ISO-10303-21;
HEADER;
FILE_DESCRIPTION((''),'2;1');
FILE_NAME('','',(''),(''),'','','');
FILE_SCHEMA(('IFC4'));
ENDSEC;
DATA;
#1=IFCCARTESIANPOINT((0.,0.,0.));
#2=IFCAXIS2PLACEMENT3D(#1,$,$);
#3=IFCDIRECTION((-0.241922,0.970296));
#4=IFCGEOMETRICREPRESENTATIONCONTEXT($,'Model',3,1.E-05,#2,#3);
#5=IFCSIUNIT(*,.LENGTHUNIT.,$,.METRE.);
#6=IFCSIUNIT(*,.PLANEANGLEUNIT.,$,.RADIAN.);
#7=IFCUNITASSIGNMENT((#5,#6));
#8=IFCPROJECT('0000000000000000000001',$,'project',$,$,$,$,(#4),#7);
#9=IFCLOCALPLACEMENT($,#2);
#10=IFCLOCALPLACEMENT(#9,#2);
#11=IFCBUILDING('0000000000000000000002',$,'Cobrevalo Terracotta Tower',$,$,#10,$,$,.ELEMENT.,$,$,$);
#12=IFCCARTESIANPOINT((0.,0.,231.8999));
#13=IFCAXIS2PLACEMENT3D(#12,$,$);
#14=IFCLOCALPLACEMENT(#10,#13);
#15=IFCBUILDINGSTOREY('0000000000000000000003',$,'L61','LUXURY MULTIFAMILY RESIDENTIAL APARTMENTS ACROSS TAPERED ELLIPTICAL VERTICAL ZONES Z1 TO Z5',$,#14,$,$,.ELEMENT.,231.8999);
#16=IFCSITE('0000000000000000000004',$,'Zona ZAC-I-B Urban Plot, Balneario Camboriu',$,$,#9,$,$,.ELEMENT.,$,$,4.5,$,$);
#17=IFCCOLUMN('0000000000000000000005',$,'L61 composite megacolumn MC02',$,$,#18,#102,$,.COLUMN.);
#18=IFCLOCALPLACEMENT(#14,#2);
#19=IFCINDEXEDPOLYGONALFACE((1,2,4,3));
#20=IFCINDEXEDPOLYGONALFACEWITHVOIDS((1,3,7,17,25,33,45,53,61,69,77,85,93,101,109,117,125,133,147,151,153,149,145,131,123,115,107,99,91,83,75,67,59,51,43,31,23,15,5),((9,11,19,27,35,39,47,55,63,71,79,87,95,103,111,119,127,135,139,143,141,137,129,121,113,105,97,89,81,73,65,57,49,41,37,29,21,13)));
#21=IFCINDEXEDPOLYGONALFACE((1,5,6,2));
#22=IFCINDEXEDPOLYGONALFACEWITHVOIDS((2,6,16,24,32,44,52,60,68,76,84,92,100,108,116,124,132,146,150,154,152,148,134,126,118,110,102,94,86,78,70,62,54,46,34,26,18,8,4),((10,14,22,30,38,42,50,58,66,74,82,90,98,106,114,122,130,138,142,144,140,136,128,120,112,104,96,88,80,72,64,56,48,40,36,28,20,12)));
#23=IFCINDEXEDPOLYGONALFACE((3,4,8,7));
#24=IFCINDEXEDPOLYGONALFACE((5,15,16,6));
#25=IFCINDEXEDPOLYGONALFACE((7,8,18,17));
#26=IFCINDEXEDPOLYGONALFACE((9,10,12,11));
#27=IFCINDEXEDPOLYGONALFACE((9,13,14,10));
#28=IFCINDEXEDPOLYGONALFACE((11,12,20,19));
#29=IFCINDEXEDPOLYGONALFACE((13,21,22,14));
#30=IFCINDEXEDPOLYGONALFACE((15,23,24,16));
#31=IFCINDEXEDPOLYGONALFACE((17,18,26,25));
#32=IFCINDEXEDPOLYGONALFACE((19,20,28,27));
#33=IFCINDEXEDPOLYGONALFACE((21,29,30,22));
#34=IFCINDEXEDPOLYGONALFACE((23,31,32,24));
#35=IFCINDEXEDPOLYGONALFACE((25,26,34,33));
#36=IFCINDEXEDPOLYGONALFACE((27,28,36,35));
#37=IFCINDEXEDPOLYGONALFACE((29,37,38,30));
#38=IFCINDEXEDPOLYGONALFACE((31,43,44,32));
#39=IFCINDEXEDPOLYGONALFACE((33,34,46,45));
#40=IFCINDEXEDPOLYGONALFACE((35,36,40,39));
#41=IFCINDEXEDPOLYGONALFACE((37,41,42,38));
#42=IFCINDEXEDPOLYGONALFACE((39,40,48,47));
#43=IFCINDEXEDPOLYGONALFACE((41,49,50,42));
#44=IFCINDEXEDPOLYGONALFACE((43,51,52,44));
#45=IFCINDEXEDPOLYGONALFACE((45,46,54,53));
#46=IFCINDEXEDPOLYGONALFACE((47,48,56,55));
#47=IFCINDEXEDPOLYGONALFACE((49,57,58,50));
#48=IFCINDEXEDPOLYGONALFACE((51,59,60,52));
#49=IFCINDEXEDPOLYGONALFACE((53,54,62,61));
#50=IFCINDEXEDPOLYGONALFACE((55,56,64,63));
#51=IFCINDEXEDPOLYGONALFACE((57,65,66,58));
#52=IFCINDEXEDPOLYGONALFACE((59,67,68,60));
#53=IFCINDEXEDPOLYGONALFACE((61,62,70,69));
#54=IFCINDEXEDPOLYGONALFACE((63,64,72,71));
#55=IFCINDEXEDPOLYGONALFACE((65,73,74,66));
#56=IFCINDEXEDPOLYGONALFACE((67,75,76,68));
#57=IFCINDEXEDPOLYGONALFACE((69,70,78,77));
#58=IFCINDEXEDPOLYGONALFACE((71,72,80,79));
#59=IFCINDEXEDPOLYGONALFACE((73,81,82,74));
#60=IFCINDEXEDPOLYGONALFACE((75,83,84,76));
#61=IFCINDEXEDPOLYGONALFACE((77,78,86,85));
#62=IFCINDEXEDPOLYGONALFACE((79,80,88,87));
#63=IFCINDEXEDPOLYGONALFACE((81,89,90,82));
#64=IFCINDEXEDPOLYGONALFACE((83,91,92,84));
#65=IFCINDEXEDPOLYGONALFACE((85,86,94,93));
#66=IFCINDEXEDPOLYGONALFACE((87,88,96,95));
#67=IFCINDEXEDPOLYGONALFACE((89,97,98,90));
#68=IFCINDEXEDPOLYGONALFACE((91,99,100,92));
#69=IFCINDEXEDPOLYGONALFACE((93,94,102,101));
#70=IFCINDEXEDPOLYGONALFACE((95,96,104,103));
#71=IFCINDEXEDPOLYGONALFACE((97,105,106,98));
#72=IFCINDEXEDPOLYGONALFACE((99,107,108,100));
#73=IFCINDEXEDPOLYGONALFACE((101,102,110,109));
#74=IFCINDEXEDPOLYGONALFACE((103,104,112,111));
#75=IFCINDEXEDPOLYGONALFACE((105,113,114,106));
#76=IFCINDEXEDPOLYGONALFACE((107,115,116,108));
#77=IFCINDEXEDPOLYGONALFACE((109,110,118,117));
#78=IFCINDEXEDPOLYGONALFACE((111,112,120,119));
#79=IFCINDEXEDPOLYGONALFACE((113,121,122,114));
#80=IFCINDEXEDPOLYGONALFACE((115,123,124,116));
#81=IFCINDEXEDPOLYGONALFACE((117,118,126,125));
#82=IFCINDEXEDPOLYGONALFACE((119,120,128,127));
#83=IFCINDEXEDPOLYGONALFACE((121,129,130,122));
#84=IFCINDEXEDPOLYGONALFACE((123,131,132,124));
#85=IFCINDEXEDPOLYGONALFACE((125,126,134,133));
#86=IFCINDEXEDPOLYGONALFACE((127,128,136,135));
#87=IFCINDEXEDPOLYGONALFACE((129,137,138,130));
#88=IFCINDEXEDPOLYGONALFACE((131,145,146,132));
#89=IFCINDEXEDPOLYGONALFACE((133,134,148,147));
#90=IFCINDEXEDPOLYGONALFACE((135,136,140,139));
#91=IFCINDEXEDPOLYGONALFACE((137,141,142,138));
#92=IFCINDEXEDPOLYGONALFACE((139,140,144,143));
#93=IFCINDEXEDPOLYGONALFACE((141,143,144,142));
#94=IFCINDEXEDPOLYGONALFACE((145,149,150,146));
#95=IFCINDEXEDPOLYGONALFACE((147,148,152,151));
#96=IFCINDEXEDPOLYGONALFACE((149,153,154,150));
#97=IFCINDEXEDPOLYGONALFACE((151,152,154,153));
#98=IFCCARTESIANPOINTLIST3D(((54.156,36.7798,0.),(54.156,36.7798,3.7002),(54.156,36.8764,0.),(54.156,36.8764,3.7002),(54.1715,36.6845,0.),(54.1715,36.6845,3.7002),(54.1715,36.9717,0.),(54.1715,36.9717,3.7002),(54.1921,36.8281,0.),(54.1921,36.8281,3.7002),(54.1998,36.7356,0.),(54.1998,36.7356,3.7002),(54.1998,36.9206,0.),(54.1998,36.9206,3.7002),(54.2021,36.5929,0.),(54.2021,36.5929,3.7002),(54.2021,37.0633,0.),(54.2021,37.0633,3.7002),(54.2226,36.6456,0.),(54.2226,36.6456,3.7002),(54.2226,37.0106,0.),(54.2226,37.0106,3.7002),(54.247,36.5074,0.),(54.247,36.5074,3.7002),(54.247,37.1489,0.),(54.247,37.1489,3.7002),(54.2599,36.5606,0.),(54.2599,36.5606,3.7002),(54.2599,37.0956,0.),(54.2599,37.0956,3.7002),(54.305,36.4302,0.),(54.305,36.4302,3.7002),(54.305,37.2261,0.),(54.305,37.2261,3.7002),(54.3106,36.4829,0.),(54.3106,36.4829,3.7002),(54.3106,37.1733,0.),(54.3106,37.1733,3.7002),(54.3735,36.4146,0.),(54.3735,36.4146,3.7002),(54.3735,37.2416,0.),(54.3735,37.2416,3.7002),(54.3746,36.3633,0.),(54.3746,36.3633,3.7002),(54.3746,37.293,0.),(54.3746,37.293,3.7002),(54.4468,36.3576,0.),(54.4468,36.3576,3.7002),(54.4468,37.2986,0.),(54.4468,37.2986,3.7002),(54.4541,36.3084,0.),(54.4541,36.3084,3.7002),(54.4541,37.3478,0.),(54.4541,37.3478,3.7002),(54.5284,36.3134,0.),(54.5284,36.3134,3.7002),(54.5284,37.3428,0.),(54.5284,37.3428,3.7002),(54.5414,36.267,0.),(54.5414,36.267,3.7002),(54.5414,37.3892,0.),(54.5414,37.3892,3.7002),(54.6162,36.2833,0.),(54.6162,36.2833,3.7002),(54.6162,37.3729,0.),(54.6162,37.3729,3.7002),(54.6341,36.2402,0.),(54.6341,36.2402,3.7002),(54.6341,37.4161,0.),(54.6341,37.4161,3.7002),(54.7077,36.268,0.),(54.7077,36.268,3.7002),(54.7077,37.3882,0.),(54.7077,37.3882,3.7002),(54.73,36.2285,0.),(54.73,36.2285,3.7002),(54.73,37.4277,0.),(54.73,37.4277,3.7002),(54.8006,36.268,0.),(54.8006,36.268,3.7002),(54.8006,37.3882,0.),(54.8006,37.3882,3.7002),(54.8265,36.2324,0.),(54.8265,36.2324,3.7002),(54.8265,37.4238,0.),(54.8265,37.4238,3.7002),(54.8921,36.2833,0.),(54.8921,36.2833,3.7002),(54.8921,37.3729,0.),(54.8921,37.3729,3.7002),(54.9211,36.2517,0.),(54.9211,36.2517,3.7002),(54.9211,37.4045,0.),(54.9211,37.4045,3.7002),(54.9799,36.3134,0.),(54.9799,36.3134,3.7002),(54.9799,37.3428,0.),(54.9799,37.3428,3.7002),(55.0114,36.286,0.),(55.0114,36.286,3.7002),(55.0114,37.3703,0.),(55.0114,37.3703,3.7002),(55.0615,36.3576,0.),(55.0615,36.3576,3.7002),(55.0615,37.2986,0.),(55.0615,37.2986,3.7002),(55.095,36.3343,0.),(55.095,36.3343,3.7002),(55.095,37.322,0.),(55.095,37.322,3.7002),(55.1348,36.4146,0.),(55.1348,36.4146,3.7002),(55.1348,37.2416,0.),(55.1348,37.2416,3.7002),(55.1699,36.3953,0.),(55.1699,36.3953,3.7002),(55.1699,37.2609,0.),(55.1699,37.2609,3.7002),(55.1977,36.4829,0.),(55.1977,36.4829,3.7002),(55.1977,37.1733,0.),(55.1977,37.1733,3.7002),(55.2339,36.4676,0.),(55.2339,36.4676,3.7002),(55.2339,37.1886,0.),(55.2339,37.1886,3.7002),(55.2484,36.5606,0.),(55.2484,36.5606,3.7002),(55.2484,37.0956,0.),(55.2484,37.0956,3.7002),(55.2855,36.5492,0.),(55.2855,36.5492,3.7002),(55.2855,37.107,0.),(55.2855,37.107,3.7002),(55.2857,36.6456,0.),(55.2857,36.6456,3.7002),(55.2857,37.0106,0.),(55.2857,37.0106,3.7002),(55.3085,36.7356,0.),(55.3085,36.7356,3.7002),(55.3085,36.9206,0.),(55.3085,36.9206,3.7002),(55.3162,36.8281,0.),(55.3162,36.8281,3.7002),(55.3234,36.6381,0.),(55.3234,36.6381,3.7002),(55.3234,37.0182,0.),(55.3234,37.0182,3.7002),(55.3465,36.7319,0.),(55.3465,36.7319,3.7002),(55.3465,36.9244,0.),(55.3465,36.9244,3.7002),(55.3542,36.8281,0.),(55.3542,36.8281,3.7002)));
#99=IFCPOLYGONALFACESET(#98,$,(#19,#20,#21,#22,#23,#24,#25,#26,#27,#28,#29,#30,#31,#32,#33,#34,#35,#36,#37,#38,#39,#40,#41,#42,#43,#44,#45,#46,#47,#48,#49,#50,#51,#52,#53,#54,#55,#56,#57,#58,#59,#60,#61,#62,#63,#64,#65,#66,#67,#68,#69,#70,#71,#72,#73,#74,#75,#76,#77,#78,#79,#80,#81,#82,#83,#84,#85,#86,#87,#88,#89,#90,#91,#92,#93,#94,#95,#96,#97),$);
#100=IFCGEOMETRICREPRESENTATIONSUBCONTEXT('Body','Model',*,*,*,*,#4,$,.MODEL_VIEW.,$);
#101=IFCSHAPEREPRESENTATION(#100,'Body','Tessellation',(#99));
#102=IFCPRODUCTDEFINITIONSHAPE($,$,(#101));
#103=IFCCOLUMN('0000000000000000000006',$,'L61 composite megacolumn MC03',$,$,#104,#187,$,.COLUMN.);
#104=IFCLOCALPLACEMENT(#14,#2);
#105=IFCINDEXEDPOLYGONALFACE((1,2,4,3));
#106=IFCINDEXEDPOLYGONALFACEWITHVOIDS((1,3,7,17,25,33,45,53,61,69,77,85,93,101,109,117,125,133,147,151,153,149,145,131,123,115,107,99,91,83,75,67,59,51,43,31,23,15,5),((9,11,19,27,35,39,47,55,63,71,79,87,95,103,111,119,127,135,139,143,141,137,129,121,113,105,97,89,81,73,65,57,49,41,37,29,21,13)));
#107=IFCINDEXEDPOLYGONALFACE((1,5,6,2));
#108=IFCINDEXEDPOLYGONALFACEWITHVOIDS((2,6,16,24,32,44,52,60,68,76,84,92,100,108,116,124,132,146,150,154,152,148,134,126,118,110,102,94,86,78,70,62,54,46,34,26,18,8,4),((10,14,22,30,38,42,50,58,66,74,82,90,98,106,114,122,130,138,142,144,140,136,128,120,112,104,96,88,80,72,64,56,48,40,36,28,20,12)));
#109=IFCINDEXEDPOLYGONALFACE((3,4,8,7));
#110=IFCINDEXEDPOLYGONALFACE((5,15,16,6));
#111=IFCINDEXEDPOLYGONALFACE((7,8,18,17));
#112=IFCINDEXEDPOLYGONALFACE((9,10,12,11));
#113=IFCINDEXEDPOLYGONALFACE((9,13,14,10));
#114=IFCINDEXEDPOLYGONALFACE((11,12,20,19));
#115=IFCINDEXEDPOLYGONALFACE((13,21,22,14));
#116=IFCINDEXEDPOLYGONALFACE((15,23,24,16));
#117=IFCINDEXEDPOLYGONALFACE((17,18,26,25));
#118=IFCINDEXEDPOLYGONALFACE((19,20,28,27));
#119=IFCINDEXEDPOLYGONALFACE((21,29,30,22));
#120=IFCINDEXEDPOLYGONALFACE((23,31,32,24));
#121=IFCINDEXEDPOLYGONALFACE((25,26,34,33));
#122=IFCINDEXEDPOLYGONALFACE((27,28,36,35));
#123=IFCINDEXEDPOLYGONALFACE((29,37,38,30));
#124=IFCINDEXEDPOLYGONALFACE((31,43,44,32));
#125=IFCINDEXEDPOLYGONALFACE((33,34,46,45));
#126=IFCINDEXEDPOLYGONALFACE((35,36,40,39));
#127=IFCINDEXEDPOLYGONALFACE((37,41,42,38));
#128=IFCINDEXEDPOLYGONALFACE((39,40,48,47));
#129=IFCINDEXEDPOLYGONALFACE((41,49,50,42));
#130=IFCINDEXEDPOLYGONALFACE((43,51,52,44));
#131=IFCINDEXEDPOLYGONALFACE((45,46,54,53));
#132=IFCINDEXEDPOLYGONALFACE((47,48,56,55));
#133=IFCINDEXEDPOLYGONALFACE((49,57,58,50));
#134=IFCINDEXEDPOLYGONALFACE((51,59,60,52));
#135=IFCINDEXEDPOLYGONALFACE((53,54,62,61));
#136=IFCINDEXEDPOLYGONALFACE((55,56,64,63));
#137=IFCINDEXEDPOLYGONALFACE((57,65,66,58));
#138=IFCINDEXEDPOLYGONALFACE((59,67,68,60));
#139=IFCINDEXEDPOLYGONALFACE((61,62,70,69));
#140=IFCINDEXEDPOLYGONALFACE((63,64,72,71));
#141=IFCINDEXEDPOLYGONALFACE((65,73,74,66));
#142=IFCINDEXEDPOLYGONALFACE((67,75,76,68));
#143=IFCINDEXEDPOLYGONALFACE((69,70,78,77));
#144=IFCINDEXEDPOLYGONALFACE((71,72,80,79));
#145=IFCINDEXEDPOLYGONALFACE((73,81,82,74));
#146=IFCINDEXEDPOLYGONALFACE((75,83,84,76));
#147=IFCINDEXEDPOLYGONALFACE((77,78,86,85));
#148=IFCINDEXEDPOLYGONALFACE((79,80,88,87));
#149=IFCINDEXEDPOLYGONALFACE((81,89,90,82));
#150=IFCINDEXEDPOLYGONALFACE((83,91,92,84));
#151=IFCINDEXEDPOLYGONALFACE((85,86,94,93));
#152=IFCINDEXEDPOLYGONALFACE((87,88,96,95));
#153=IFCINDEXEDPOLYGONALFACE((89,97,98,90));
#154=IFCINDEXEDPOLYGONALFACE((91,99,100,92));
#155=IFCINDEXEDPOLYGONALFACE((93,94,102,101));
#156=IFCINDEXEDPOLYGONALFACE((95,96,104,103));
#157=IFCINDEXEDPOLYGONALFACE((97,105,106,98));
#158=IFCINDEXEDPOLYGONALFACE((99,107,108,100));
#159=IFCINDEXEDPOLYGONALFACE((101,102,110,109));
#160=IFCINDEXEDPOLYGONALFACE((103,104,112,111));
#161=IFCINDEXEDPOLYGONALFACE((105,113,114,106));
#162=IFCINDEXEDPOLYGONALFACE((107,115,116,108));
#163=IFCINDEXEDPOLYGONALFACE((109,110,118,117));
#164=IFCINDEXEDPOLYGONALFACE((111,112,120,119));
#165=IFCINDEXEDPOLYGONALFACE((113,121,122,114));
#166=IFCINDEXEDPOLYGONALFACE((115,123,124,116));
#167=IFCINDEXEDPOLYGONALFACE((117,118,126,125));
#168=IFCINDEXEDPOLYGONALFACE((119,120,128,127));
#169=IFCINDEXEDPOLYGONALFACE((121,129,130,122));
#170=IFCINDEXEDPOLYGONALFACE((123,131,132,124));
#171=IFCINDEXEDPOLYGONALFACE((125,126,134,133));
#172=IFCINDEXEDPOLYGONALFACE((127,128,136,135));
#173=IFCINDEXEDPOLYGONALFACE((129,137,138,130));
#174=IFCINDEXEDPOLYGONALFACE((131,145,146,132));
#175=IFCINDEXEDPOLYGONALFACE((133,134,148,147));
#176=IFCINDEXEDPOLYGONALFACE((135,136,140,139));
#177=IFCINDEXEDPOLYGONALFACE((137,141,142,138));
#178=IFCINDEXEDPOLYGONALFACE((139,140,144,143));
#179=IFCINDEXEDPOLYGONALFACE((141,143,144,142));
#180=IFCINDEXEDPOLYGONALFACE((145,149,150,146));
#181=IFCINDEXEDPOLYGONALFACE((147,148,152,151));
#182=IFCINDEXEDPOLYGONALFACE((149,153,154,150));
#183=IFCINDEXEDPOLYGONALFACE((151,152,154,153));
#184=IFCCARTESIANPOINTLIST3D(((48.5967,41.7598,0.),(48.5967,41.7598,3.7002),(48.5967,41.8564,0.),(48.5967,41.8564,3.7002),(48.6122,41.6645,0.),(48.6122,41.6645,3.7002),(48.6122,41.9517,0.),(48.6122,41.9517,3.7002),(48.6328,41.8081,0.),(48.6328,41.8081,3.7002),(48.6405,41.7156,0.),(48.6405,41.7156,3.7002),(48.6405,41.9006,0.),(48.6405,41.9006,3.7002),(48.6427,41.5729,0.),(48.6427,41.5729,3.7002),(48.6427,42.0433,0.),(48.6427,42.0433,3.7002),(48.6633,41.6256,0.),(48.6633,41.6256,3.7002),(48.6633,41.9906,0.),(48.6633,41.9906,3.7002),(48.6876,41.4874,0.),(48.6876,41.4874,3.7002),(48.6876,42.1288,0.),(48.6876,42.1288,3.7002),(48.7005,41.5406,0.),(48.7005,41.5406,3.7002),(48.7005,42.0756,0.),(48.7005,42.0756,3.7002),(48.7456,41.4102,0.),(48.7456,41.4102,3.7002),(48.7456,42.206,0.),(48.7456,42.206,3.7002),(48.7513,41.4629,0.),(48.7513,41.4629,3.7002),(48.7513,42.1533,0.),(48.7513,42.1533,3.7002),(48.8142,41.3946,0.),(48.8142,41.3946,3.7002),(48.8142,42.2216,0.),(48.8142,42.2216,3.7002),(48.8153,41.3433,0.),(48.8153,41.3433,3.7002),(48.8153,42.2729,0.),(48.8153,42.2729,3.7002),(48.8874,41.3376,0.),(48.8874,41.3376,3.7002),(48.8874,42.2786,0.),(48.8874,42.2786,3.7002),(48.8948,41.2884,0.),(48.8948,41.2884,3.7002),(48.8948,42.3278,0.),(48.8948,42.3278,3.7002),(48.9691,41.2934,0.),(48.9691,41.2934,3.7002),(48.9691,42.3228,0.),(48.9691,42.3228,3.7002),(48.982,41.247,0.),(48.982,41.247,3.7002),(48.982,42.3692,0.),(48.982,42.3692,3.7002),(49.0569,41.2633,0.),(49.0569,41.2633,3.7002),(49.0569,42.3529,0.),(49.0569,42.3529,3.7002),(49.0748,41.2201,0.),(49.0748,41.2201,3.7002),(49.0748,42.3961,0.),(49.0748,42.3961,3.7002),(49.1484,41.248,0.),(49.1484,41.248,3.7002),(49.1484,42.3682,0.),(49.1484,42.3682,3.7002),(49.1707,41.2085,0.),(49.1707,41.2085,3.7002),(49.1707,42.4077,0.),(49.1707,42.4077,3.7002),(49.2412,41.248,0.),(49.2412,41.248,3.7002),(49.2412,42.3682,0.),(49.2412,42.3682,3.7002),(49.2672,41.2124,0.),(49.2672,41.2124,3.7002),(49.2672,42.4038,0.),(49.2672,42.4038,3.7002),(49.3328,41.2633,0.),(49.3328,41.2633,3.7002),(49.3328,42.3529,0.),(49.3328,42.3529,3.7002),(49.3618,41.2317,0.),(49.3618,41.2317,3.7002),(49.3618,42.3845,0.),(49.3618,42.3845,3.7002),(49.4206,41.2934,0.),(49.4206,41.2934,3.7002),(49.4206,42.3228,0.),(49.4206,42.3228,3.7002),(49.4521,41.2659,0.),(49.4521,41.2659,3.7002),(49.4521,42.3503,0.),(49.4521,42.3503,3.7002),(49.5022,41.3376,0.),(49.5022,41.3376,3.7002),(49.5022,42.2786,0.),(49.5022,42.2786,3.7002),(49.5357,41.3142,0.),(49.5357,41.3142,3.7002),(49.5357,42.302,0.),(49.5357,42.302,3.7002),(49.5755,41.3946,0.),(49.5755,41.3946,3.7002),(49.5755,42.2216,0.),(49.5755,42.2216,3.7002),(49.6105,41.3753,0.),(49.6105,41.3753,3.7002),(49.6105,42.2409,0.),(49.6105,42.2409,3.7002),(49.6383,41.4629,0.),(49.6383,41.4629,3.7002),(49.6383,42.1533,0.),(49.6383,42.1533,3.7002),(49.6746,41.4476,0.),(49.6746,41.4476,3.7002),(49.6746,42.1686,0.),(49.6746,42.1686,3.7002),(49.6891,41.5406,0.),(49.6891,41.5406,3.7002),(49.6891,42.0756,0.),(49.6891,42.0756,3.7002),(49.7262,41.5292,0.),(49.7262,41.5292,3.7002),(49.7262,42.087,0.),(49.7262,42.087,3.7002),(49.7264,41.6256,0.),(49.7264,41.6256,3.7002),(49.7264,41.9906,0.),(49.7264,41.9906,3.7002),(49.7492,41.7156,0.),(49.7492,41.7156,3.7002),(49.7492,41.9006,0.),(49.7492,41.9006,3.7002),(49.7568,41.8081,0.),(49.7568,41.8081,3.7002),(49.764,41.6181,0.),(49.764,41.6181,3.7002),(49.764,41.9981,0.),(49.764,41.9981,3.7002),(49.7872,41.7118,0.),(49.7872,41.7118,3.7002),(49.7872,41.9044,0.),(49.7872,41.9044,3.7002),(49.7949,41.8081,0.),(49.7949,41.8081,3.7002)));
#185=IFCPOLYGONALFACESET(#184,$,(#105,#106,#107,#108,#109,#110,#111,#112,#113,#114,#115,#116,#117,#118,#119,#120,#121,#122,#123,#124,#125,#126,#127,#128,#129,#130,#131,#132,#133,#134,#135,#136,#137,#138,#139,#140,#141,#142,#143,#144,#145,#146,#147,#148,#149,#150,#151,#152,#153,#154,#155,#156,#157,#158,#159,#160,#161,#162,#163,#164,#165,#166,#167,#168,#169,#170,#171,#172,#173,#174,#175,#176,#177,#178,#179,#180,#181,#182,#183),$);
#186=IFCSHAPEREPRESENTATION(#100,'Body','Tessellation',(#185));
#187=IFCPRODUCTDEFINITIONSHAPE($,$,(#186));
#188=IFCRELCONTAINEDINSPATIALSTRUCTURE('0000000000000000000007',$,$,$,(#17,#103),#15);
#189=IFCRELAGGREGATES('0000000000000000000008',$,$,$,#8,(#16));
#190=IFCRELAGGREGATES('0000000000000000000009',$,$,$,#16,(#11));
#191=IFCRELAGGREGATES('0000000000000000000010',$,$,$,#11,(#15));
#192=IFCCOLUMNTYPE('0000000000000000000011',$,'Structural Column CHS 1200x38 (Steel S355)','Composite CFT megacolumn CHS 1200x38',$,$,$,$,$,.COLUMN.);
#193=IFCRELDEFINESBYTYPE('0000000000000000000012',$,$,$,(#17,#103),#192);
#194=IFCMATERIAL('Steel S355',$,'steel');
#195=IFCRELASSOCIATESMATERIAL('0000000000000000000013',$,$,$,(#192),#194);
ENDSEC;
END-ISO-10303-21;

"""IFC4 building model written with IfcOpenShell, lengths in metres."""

from ifc_helpers import new_model, si_unit, direction, frame, origin, origin_2d, place, context, subcontext, project, spatial, hollow_circle, extrude, material, material_profile, profile_set, type_object, element, save


model = new_model("IFC4")

# Units and contexts
model_context = context("Model", 3, precision=1e-05, world=origin(), true_north=direction((-0.241922, 0.970296)))
body_context = subcontext(model_context, "Body", "Model", "MODEL_VIEW")
ifc_project = project(units=[si_unit("LENGTHUNIT", "METRE"), si_unit("PLANEANGLEUNIT", "RADIAN")], contexts=[model_context])

# Site, building, storey
site_placement = place(None, origin())
site = spatial("IfcSite", under=ifc_project, at=site_placement, Name="Zona ZAC-I-B Urban Plot, Balneario Camboriu", CompositionType="ELEMENT", RefElevation=4.5)
building_placement = place(site_placement, origin())
building = spatial("IfcBuilding", under=site, at=building_placement, Name="Cobrevalo Terracotta Tower", CompositionType="ELEMENT")
storey_placement = place(building_placement, frame((0.0, 0.0, 231.8999)))
storey = spatial("IfcBuildingStorey", under=building, at=storey_placement, Name="L61", Description="LUXURY MULTIFAMILY RESIDENTIAL APARTMENTS ACROSS TAPERED ELLIPTICAL VERTICAL ZONES Z1 TO Z5", CompositionType="ELEMENT", Elevation=231.8999)

# Columns
ifc_material_1 = material(Name="Steel S355", Category="steel")
ifc_material_profile_1 = material_profile(ifc_material_1, hollow_circle(Radius=0.6001, WallThickness=0.0381, at=origin_2d()), Name="CHS 1200x38")
ifc_profile_set_1 = profile_set([ifc_material_profile_1], Name="Steel S355")
column_type = type_object("IfcColumnType", Name="Structural Column CHS 1200x38 (Steel S355)", Description="Composite CFT megacolumn CHS 1200x38", PredefinedType="COLUMN", material=ifc_profile_set_1)
for number, where, z_axis, x_axis, name in (
    (1, (54.7542, 36.8281, 0.0), (0.0, 0.0, 1.0), (1.0, 0.0, 0.0), "L61 composite megacolumn MC02"),
    (2, (49.1948, 41.8081, 0.0), (0.0, 0.0, 1.0), (1.0, 0.0, 0.0), "L61 composite megacolumn MC03"),
):
    element("IfcColumn", number, at=place(storey_placement, frame(where, z_axis=z_axis, x_axis=x_axis)), inside=storey, type_object=column_type, Name=name, PredefinedType="COLUMN", context=body_context, shape_type="SweptSolid", body=[
        extrude(hollow_circle(Radius=0.6001, WallThickness=0.0381, at=origin_2d()), origin(), (0.0, 0.0, 1.0), 3.7002),
    ])

save(model, "model.ifc")
